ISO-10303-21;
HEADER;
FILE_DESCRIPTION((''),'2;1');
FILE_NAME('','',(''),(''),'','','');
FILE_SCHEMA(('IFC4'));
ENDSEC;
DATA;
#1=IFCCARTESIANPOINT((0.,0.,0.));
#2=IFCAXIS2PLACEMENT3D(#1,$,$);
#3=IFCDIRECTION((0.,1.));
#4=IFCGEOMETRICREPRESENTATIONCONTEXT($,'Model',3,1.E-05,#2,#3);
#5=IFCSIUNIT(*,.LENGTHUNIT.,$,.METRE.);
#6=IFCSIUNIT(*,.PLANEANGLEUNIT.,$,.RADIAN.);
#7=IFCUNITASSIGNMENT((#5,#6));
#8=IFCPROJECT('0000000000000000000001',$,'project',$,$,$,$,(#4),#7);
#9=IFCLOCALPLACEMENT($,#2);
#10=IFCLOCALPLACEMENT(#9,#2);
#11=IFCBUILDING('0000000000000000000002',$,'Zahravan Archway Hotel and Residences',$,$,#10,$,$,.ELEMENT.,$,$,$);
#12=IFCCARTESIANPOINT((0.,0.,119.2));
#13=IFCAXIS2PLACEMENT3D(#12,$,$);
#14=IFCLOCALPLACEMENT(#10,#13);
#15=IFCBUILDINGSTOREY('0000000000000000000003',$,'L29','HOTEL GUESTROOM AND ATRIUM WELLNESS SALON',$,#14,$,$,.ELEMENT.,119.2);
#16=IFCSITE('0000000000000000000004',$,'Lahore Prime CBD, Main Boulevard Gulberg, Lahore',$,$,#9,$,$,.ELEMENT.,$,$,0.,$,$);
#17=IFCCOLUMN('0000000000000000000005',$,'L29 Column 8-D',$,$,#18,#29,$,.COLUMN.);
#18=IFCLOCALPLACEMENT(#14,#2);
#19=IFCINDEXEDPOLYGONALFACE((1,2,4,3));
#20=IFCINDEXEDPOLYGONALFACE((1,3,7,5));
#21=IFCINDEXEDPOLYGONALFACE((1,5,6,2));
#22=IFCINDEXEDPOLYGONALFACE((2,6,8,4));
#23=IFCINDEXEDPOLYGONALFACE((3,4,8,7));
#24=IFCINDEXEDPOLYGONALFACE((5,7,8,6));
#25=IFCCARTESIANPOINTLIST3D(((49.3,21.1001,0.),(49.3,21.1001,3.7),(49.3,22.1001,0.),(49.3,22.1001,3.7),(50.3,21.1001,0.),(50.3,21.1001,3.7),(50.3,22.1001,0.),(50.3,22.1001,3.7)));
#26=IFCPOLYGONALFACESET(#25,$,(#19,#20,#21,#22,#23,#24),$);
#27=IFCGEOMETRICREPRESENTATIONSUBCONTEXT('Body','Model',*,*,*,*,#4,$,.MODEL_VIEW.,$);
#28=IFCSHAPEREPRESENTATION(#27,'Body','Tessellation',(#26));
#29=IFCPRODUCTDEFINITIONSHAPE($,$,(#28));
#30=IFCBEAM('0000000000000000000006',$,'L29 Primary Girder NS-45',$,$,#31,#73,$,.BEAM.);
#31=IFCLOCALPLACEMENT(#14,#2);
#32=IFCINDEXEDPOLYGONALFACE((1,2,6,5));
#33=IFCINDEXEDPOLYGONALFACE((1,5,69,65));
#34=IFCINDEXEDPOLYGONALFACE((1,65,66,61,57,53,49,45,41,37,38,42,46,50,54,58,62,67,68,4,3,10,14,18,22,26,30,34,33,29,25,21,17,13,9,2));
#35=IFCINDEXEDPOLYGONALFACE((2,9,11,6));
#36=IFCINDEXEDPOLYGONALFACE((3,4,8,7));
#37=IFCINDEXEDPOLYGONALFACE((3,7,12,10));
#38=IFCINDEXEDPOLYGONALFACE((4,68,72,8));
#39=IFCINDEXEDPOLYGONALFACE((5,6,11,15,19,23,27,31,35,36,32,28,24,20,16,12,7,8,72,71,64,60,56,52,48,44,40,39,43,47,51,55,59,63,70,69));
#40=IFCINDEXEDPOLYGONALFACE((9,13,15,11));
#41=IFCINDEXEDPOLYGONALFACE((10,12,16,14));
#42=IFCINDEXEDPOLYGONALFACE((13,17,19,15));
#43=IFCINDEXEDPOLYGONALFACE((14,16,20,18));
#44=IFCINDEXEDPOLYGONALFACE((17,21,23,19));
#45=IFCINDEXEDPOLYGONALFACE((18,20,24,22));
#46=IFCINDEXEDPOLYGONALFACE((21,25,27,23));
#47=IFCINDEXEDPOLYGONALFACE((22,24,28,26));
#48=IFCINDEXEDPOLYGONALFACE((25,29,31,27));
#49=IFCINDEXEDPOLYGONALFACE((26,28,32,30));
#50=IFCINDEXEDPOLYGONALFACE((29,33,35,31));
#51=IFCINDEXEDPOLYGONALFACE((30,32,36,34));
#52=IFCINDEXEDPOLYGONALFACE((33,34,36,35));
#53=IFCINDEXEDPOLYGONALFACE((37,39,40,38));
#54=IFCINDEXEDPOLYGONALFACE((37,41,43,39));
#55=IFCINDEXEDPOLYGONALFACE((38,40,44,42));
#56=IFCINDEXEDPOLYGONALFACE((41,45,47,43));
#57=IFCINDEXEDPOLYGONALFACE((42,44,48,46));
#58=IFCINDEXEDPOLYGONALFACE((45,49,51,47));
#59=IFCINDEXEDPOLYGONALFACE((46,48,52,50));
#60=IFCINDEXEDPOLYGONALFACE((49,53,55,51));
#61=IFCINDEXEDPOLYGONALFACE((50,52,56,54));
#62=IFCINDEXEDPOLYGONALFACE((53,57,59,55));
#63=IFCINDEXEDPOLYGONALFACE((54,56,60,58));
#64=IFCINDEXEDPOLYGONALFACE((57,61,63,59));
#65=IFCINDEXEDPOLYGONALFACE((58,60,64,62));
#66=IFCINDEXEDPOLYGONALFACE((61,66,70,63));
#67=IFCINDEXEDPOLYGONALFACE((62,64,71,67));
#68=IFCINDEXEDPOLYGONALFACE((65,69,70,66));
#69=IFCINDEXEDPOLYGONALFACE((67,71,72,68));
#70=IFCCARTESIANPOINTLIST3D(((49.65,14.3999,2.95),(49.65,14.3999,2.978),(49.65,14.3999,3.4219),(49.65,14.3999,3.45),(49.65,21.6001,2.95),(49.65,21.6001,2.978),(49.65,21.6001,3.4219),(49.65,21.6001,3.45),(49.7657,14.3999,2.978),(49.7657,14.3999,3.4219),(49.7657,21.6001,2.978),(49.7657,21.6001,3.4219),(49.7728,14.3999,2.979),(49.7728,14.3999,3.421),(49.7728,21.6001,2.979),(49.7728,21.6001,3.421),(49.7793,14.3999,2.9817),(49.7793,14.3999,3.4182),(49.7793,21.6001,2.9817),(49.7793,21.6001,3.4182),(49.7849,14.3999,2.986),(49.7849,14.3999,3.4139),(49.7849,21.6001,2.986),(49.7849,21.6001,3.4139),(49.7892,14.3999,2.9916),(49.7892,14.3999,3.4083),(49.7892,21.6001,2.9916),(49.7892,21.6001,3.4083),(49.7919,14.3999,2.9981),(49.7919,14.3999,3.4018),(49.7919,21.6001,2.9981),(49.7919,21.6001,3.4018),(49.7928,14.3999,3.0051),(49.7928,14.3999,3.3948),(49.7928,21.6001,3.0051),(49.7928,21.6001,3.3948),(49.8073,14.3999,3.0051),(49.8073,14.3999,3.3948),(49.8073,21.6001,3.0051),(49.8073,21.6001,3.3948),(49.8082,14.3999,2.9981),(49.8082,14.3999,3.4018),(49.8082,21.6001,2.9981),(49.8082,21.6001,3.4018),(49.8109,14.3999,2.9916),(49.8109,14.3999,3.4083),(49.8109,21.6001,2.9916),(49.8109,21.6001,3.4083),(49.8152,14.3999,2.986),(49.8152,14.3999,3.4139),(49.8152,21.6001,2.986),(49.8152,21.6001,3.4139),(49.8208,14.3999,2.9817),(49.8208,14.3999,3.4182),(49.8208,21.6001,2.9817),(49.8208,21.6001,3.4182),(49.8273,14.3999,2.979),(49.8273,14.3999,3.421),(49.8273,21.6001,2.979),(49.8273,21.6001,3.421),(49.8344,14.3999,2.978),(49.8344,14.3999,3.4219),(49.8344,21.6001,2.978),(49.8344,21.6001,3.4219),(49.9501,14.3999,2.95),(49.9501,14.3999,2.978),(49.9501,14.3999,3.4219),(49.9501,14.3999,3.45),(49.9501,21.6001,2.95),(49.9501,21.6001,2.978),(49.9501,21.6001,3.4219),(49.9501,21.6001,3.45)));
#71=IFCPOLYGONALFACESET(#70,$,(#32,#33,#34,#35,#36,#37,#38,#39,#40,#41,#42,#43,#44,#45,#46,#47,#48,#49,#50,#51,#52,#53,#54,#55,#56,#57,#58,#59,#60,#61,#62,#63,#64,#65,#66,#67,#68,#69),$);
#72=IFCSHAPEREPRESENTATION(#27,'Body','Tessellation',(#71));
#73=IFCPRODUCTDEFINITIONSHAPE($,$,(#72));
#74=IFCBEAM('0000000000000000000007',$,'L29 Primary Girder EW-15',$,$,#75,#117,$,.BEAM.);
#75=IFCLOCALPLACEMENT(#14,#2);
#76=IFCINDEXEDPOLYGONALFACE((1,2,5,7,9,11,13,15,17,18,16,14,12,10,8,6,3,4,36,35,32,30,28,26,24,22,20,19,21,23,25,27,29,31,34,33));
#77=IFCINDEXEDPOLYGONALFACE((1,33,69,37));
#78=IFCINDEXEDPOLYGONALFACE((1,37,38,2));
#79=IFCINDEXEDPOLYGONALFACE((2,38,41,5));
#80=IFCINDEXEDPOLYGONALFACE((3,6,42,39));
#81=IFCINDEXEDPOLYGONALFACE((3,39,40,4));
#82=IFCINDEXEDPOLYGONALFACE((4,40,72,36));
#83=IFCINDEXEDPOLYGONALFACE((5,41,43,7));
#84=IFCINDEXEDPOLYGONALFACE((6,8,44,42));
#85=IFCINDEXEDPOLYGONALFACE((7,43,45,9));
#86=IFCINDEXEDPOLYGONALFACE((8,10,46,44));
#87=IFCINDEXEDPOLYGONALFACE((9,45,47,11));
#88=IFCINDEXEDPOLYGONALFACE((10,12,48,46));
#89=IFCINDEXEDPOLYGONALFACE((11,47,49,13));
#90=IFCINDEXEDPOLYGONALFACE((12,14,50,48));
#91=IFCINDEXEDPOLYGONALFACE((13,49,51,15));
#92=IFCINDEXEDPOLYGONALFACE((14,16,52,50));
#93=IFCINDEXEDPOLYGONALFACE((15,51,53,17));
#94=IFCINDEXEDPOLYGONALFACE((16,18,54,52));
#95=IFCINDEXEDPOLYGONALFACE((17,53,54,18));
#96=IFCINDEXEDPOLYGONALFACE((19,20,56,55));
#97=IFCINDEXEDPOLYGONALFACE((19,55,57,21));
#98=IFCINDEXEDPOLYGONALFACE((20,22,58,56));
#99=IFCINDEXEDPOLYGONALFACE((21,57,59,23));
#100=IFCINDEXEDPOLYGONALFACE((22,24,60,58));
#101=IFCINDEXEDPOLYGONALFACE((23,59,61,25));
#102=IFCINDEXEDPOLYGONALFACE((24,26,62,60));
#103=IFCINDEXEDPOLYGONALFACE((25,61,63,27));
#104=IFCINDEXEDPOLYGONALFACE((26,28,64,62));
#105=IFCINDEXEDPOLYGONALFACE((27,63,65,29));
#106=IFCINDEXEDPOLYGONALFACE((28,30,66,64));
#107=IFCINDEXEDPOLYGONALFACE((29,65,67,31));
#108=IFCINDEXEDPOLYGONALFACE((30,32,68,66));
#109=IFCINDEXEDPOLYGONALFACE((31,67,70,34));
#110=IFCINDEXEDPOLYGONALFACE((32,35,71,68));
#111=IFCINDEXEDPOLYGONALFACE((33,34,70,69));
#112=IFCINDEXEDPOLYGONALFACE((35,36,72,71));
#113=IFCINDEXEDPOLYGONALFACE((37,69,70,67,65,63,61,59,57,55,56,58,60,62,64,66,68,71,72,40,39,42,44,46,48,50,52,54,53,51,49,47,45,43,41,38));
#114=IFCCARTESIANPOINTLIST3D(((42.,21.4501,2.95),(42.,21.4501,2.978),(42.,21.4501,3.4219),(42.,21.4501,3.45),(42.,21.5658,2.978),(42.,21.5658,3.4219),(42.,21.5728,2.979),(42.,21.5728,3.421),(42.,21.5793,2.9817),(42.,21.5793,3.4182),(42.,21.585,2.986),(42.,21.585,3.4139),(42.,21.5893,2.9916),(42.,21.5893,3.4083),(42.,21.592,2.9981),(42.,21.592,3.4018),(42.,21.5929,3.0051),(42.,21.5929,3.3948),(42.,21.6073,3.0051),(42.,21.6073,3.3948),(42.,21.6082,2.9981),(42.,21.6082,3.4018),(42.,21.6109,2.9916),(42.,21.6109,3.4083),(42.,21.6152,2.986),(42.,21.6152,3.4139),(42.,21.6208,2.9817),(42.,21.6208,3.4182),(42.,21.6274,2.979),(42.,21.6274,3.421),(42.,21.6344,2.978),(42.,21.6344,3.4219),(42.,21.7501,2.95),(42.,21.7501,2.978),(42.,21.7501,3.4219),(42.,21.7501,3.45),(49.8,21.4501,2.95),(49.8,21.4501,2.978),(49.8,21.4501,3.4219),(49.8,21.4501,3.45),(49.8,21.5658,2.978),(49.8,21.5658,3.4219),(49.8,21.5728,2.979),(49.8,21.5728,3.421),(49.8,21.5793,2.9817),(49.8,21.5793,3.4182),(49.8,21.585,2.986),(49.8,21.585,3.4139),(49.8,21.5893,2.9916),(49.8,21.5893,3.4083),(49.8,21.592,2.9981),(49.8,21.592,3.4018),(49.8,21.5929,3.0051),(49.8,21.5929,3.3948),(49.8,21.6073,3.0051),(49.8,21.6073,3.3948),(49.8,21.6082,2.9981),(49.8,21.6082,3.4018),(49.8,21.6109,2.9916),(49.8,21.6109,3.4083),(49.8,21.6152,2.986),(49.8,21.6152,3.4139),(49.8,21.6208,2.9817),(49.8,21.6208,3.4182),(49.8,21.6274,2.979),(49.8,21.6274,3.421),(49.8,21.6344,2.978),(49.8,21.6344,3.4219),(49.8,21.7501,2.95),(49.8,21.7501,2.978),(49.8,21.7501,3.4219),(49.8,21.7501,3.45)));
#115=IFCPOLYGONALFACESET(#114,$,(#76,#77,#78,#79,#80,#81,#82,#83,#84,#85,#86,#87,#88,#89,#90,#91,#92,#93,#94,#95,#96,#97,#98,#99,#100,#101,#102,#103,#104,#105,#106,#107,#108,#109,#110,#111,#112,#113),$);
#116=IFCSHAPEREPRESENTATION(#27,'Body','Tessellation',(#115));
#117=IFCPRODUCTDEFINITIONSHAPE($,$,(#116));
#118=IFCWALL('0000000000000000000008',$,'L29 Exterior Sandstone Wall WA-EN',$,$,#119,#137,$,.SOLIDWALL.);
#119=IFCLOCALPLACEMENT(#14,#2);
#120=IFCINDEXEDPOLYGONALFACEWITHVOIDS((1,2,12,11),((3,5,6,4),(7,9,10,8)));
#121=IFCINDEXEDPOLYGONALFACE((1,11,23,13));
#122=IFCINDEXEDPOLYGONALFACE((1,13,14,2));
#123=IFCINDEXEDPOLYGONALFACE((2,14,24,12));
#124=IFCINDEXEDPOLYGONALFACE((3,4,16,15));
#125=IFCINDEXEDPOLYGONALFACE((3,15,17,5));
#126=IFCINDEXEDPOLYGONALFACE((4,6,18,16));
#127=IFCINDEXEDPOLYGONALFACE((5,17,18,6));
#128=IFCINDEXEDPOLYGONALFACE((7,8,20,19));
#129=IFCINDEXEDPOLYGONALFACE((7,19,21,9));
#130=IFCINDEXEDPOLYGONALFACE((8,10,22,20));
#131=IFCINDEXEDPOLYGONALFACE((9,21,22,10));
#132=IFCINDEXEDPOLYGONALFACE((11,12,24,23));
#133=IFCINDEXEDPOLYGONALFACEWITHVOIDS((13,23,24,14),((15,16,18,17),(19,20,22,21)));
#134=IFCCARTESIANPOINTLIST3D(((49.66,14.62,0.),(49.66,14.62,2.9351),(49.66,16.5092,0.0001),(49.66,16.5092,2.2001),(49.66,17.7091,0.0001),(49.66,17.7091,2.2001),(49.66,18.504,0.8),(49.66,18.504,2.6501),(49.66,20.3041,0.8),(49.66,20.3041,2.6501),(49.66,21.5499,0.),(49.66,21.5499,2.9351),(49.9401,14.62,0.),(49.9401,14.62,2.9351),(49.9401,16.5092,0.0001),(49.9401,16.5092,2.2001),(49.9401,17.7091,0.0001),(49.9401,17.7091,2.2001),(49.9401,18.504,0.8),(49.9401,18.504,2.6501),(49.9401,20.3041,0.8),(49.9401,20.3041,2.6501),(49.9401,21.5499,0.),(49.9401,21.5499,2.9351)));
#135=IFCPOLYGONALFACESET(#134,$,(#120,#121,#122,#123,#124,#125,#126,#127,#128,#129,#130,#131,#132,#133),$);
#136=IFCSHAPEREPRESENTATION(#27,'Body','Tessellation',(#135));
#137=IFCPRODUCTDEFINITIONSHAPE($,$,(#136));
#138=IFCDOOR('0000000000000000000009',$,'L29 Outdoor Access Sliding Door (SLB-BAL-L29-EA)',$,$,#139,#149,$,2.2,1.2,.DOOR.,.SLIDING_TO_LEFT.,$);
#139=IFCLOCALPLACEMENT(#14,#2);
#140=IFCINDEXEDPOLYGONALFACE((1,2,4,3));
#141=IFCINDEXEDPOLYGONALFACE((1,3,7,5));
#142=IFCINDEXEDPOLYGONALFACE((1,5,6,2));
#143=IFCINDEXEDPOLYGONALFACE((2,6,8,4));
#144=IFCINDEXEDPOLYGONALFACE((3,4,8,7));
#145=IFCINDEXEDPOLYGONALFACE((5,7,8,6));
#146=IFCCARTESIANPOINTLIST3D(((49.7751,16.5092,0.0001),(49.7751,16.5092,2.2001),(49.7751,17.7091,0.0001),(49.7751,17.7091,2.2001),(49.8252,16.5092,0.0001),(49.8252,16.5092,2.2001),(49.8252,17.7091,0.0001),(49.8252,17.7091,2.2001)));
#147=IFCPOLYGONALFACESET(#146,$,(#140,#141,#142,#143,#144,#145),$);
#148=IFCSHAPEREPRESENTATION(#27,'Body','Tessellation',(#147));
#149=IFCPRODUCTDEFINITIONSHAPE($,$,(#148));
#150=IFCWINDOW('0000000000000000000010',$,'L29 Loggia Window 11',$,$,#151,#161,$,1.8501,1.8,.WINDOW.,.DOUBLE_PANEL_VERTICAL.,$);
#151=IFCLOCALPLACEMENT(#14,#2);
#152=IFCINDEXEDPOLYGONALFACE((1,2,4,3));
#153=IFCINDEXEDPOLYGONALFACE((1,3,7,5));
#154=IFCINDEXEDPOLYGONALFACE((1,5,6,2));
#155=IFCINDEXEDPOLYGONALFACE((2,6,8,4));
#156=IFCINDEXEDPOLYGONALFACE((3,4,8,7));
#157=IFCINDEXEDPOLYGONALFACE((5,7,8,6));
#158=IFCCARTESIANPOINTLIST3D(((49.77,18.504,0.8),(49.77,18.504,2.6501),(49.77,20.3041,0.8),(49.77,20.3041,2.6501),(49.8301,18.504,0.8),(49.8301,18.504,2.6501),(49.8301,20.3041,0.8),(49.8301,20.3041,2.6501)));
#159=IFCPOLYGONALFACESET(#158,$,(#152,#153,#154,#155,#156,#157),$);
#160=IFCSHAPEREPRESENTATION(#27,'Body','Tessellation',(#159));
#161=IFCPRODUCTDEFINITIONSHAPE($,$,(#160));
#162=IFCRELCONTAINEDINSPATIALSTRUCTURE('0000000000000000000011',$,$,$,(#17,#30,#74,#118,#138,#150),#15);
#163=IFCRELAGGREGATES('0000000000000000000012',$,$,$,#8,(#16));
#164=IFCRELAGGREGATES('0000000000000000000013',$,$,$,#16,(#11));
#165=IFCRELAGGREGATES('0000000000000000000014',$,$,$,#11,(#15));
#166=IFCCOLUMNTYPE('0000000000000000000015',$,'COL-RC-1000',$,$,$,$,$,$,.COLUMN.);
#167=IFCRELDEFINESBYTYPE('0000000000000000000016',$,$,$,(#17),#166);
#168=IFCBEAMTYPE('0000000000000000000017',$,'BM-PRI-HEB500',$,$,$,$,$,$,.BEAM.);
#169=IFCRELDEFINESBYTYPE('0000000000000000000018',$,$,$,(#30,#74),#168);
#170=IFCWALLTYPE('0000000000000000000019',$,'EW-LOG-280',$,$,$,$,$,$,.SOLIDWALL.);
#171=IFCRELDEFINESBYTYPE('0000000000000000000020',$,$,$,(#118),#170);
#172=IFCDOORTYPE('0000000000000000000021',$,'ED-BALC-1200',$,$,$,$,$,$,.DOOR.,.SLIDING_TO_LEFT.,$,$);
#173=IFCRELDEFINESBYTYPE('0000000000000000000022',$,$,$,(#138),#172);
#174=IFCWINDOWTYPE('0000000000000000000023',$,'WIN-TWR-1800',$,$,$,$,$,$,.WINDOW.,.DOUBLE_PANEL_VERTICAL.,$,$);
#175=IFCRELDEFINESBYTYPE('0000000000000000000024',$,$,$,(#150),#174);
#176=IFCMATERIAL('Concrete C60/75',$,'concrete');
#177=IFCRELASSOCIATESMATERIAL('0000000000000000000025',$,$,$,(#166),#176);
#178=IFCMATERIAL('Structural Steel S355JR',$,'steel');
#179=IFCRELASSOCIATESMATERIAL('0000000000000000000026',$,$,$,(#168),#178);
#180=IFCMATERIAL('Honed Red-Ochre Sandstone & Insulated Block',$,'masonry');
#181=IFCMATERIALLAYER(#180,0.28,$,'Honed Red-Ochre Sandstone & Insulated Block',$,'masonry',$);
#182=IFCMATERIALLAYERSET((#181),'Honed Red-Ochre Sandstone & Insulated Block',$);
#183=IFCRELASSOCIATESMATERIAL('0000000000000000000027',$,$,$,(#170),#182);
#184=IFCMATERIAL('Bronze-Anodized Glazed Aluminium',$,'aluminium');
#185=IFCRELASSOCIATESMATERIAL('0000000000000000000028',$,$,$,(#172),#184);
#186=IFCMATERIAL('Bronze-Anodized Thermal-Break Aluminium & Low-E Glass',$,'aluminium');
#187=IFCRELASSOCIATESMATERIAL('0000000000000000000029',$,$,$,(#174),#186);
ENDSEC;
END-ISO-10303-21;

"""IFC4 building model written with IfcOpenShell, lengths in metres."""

from ifc_helpers import new_model, si_unit, direction, frame, frame_2d, origin, origin_2d, place, context, subcontext, project, spatial, rectangle, i_section, extrude, source, transform, mapped, material, layer, layer_set, material_profile, profile_set, type_object, type_shapes, element, fill, save


model = new_model("IFC4")

# Units and contexts
model_context = context("Model", 3, precision=1e-05, world=origin(), true_north=direction((0.0, 1.0)))
body_context = subcontext(model_context, "Body", "Model", "MODEL_VIEW")
ifc_project = project(units=[si_unit("LENGTHUNIT", "METRE"), si_unit("PLANEANGLEUNIT", "RADIAN")], contexts=[model_context])

# Site, building, storey
site_placement = place(None, origin())
site = spatial("IfcSite", under=ifc_project, at=site_placement, Name="Lahore Prime CBD, Main Boulevard Gulberg, Lahore", CompositionType="ELEMENT", RefElevation=0.0)
building_placement = place(site_placement, origin())
building = spatial("IfcBuilding", under=site, at=building_placement, Name="Zahravan Archway Hotel and Residences", CompositionType="ELEMENT")
storey_placement = place(building_placement, frame((0.0, 0.0, 119.2)))
storey = spatial("IfcBuildingStorey", under=building, at=storey_placement, Name="L29", Description="HOTEL GUESTROOM AND ATRIUM WELLNESS SALON", CompositionType="ELEMENT", Elevation=119.2)

# Column
ifc_material_1 = material(Name="Concrete C60/75", Category="concrete")
ifc_material_profile_1 = material_profile(ifc_material_1, rectangle(XDim=1.0, YDim=1.0, at=origin_2d()), Name="RC-COL-1000x1000", Category="concrete")
ifc_profile_set_1 = profile_set([ifc_material_profile_1], Name="Concrete C60/75")
column_type = type_object("IfcColumnType", Name="COL-RC-1000", PredefinedType="COLUMN", material=ifc_profile_set_1)
shared_shape_1 = source(origin(), body_context, "Body", "SweptSolid", [
    extrude(rectangle(XDim=1.0, YDim=1.0, at=origin_2d()), origin(), (0.0, 0.0, 1.0), 3.7),
])
type_shapes(column_type, [shared_shape_1])
column_placement = place(storey_placement, frame((49.8, 21.6001, 0.0), z_axis=(0.0, 0.0, 1.0), x_axis=(1.0, 0.0, 0.0)))
element("IfcColumn", 1, at=column_placement, inside=storey, type_object=column_type, Name="L29 Column 8-D", PredefinedType="COLUMN", context=body_context, shape_type="MappedRepresentation", body=[
    mapped(shared_shape_1, transform((0.0, 0.0, 0.0), scale=1.0)),
])

# Beams
ifc_material_2 = material(Name="Structural Steel S355JR", Category="steel")
ifc_material_profile_2 = material_profile(ifc_material_2, i_section(OverallWidth=0.3, OverallDepth=0.5, WebThickness=0.0144, FlangeThickness=0.0281, FilletRadius=0.0271, at=origin_2d()), Name="HEB 500", Category="steel")
ifc_profile_set_2 = profile_set([ifc_material_profile_2], Name="Structural Steel S355JR")
beam_type = type_object("IfcBeamType", Name="BM-PRI-HEB500", PredefinedType="BEAM", material=ifc_profile_set_2)
shared_shape_2 = source(origin(), body_context, "Body", "SweptSolid", [
    extrude(i_section(OverallWidth=0.3, OverallDepth=0.5, WebThickness=0.0144, FlangeThickness=0.0281, FilletRadius=0.0271, at=origin_2d()), origin(), (0.0, 0.0, 1.0), 7.2002),
])
type_shapes(beam_type, [shared_shape_2])
beam_1_placement = place(storey_placement, frame((49.8, 14.3999, 3.2), z_axis=(0.0, 1.0, 0.0), x_axis=(-1.0, 0.0, 0.0)))
element("IfcBeam", 2, at=beam_1_placement, inside=storey, type_object=beam_type, Name="L29 Primary Girder NS-45", PredefinedType="BEAM", context=body_context, shape_type="MappedRepresentation", body=[
    mapped(shared_shape_2, transform((0.0, 0.0, 0.0), scale=1.0)),
])
shared_shape_3 = source(origin(), body_context, "Body", "SweptSolid", [
    extrude(i_section(OverallWidth=0.3, OverallDepth=0.5, WebThickness=0.0144, FlangeThickness=0.0281, FilletRadius=0.0271, at=origin_2d()), origin(), (0.0, 0.0, 1.0), 7.8),
])
beam_2_placement = place(storey_placement, frame((42.0, 21.6001, 3.2), z_axis=(1.0, 0.0, 0.0), x_axis=(0.0, 1.0, 0.0)))
element("IfcBeam", 3, at=beam_2_placement, inside=storey, type_object=beam_type, Name="L29 Primary Girder EW-15", PredefinedType="BEAM", context=body_context, shape_type="MappedRepresentation", body=[
    mapped(shared_shape_3, transform((0.0, 0.0, 0.0), scale=1.0)),
])

# Wall, openings, door, window
ifc_material_3 = material(Name="Honed Red-Ochre Sandstone & Insulated Block", Category="masonry")
ifc_layer_1 = layer(ifc_material_3, 0.28, Name="Honed Red-Ochre Sandstone & Insulated Block", Category="masonry")
ifc_layer_set_1 = layer_set([ifc_layer_1], Name="Honed Red-Ochre Sandstone & Insulated Block")
wall_type_1 = type_object("IfcWallType", Name="EW-LOG-280", PredefinedType="SOLIDWALL", material=ifc_layer_set_1)
wall_1_placement = place(storey_placement, frame((49.8, 14.6201, 0.0), z_axis=(0.0, 0.0, 1.0), x_axis=(0.0, 1.0, 0.0)))
wall_1 = element("IfcWall", 4, at=wall_1_placement, inside=storey, type_object=wall_type_1, Name="L29 Exterior Sandstone Wall WA-EN", PredefinedType="SOLIDWALL", context=body_context, shape_type="SweptSolid", body=[
    extrude(rectangle(XDim=6.9299, YDim=0.28, at=frame_2d((3.4648, 0.0))), origin(), (0.0, 0.0, 1.0), 2.9351),
])
opening_1_placement = place(wall_1_placement, frame((1.8889, 0.0, 0.0)))
opening_1 = element("IfcOpeningElement", 5, at=opening_1_placement, cuts=wall_1, PredefinedType="OPENING", context=body_context, shape_type="SweptSolid", body=[
    extrude(rectangle(XDim=1.2, YDim=2.2, at=frame_2d((0.6001, 1.1001))), frame((0.0, 0.1499, 0.0), z_axis=(0.0, -1.0, 0.0), x_axis=(1.0, 0.0, 0.0)), (0.0, 0.0, 1.0), 0.3),
])
opening_2_placement = place(wall_1_placement, frame((3.884, 0.0, 0.8)))
opening_2 = element("IfcOpeningElement", 6, at=opening_2_placement, cuts=wall_1, PredefinedType="OPENING", context=body_context, shape_type="SweptSolid", body=[
    extrude(rectangle(XDim=1.8, YDim=1.8501, at=frame_2d((0.8999, 0.925))), frame((0.0, 0.1499, 0.0), z_axis=(0.0, -1.0, 0.0), x_axis=(1.0, 0.0, 0.0)), (0.0, 0.0, 1.0), 0.3),
])
ifc_material_4 = material(Name="Bronze-Anodized Glazed Aluminium", Category="aluminium")
door_type_1 = type_object("IfcDoorType", Name="ED-BALC-1200", OperationType="SLIDING_TO_LEFT", PredefinedType="DOOR", material=ifc_material_4)
shared_shape_4 = source(origin(), body_context, "Body", "SweptSolid", [
    extrude(rectangle(XDim=1.2, YDim=2.2, at=frame_2d((0.6001, 1.1001))), frame((0.0, 0.0249, 0.0), z_axis=(0.0, -1.0, 0.0), x_axis=(1.0, 0.0, 0.0)), (0.0, 0.0, 1.0), 0.05),
])
type_shapes(door_type_1, [shared_shape_4])
door_1_placement = place(opening_1_placement, origin())
door_1 = element("IfcDoor", 7, at=door_1_placement, inside=storey, type_object=door_type_1, Name="L29 Outdoor Access Sliding Door (SLB-BAL-L29-EA)", OperationType="SLIDING_TO_LEFT", OverallHeight=2.2, OverallWidth=1.2, PredefinedType="DOOR", context=body_context, shape_type="MappedRepresentation", body=[
    mapped(shared_shape_4, transform((0.0, 0.0, 0.0), scale=1.0)),
])
fill(opening_1, door_1)
ifc_material_5 = material(Name="Bronze-Anodized Thermal-Break Aluminium & Low-E Glass", Category="aluminium")
window_type = type_object("IfcWindowType", Name="WIN-TWR-1800", PartitioningType="DOUBLE_PANEL_VERTICAL", PredefinedType="WINDOW", material=ifc_material_5)
shared_shape_5 = source(origin(), body_context, "Body", "SweptSolid", [
    extrude(rectangle(XDim=1.8, YDim=1.8501, at=frame_2d((0.8999, 0.925))), frame((0.0, 0.03, 0.0), z_axis=(0.0, -1.0, 0.0), x_axis=(1.0, 0.0, 0.0)), (0.0, 0.0, 1.0), 0.0601),
])
type_shapes(window_type, [shared_shape_5])
window_placement = place(opening_2_placement, origin())
window = element("IfcWindow", 8, at=window_placement, inside=storey, type_object=window_type, Name="L29 Loggia Window 11", OverallHeight=1.8501, OverallWidth=1.8, PartitioningType="DOUBLE_PANEL_VERTICAL", PredefinedType="WINDOW", context=body_context, shape_type="MappedRepresentation", body=[
    mapped(shared_shape_5, transform((0.0, 0.0, 0.0), scale=1.0)),
])
fill(opening_2, window)

save(model, "model.ifc")
